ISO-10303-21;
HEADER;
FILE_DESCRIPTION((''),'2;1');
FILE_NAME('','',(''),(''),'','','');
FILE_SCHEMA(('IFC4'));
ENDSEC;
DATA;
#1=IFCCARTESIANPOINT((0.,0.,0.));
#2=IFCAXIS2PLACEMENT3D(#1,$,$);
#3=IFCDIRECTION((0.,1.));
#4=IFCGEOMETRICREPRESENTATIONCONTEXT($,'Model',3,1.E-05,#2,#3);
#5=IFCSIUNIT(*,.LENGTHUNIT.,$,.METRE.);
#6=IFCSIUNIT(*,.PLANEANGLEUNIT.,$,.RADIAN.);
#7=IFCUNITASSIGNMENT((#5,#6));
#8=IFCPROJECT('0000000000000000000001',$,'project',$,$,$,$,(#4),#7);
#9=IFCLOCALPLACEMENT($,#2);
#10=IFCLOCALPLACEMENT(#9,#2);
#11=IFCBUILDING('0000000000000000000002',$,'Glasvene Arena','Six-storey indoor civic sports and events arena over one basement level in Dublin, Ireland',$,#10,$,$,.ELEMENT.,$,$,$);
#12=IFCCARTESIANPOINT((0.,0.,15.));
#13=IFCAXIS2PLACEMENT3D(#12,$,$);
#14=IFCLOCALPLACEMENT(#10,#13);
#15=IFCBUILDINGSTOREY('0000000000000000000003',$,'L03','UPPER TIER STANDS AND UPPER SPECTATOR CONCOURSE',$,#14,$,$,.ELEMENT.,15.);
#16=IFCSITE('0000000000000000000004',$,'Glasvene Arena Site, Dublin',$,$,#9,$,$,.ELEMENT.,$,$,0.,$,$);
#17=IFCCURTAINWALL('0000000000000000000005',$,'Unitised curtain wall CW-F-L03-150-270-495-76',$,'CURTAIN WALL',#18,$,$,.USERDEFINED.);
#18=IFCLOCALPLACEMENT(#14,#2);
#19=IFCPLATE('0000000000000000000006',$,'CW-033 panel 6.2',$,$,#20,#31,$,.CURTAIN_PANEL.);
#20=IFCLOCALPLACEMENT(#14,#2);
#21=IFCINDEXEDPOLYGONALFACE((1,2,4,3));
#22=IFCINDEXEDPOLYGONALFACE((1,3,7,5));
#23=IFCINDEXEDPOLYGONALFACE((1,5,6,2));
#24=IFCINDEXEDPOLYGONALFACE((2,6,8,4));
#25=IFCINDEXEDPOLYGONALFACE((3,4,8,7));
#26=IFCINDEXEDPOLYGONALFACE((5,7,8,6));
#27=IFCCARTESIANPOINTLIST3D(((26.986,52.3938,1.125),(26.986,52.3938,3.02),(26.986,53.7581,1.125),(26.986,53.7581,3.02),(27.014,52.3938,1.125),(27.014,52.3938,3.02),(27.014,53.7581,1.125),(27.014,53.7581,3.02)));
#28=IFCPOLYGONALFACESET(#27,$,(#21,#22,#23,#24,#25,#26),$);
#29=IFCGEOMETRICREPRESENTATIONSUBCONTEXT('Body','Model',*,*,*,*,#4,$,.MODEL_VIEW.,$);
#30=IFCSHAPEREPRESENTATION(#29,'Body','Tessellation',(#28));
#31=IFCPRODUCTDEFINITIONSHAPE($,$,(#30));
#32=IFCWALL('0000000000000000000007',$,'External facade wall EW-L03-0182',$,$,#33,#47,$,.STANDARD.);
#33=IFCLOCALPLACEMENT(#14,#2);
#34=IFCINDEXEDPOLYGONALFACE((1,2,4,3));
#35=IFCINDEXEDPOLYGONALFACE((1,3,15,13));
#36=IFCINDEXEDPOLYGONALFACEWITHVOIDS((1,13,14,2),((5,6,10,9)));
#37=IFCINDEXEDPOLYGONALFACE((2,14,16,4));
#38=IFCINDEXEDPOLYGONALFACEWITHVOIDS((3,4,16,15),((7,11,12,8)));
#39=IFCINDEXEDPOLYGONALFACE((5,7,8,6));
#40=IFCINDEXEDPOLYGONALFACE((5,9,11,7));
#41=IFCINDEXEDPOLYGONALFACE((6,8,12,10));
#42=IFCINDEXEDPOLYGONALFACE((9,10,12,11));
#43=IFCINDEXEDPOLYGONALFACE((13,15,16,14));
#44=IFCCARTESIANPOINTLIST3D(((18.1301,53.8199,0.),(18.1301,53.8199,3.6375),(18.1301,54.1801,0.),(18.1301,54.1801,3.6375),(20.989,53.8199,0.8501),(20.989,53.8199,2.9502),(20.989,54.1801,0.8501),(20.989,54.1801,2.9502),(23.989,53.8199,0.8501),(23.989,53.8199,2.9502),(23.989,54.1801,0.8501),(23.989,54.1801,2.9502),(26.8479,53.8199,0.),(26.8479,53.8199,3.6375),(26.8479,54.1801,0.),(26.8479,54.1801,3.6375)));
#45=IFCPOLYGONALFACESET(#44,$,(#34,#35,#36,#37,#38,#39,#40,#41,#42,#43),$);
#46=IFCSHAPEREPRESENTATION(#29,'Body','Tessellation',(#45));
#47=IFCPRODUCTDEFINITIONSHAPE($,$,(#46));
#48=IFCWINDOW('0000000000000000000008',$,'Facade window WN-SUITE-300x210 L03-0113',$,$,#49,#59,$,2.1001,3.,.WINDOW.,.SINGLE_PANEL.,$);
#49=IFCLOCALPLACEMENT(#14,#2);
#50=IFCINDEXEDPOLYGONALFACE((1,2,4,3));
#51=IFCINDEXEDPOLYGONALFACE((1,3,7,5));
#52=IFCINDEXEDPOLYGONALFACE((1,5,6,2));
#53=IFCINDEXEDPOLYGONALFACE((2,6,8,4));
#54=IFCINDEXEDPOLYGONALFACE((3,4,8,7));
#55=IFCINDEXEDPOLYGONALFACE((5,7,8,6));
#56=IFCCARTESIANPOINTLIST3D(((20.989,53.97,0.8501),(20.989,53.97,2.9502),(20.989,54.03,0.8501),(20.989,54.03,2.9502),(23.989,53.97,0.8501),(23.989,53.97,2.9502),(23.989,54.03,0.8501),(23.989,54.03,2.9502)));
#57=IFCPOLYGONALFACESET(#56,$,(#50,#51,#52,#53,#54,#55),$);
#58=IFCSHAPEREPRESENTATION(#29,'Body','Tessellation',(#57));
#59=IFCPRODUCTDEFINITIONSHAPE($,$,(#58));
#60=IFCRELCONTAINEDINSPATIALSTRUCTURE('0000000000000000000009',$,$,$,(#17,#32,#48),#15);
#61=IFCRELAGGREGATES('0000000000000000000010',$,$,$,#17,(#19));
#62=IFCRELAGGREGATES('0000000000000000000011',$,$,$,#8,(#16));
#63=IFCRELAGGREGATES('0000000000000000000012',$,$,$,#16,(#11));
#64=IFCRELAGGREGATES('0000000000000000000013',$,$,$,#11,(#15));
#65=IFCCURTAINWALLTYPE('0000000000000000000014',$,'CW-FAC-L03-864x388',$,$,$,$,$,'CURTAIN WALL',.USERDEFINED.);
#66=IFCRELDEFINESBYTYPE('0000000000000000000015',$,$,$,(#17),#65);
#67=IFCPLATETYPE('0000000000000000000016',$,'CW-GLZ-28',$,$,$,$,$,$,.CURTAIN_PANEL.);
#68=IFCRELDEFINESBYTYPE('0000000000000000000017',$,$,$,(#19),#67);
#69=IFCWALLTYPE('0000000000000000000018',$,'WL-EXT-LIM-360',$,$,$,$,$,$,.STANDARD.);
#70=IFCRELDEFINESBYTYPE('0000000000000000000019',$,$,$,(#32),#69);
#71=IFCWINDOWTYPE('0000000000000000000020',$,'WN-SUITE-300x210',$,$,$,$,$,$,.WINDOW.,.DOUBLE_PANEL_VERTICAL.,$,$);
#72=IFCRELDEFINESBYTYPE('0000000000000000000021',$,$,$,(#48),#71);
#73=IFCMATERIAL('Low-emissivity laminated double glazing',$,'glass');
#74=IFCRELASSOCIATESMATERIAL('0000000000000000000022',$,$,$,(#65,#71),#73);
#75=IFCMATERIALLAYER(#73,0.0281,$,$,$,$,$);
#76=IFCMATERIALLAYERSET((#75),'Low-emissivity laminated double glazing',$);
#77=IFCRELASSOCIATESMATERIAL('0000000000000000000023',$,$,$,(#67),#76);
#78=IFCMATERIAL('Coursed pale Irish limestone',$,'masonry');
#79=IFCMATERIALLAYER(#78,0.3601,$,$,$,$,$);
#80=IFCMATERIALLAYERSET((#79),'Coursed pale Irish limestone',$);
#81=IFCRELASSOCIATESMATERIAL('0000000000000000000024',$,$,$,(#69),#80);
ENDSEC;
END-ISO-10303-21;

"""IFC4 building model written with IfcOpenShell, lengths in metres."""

from ifc_helpers import new_model, si_unit, direction, frame, frame_2d, origin, origin_2d, place, context, subcontext, project, spatial, rectangle, extrude, material, layer, layer_set, type_object, element, fill, aggregate, save


model = new_model("IFC4")

# Units and contexts
model_context = context("Model", 3, precision=1e-05, world=origin(), true_north=direction((0.0, 1.0)))
body_context = subcontext(model_context, "Body", "Model", "MODEL_VIEW")
ifc_project = project(units=[si_unit("LENGTHUNIT", "METRE"), si_unit("PLANEANGLEUNIT", "RADIAN")], contexts=[model_context])

# Site, building, storey
site_placement = place(None, origin())
site = spatial("IfcSite", under=ifc_project, at=site_placement, Name="Glasvene Arena Site, Dublin", CompositionType="ELEMENT", RefElevation=0.0)
building_placement = place(site_placement, origin())
building = spatial("IfcBuilding", under=site, at=building_placement, Name="Glasvene Arena", Description="Six-storey indoor civic sports and events arena over one basement level in Dublin, Ireland", CompositionType="ELEMENT")
storey_placement = place(building_placement, frame((0.0, 0.0, 15.0)))
storey = spatial("IfcBuildingStorey", under=building, at=storey_placement, Name="L03", Description="UPPER TIER STANDS AND UPPER SPECTATOR CONCOURSE", CompositionType="ELEMENT", Elevation=15.0)

# Curtain wall, plate
ifc_material_1 = material(Name="Low-emissivity laminated double glazing", Category="glass")
curtain_wall_type = type_object("IfcCurtainWallType", Name="CW-FAC-L03-864x388", ElementType="CURTAIN WALL", PredefinedType="USERDEFINED", material=ifc_material_1)
curtain_wall_placement = place(storey_placement, frame((27.0, 45.1721, 0.0)))
curtain_wall = element("IfcCurtainWall", 1, at=curtain_wall_placement, inside=storey, type_object=curtain_wall_type, Name="Unitised curtain wall CW-F-L03-150-270-495-76", ObjectType="CURTAIN WALL", PredefinedType="USERDEFINED")
ifc_layer_1 = layer(ifc_material_1, 0.0281)
ifc_layer_set_1 = layer_set([ifc_layer_1], Name="Low-emissivity laminated double glazing")
plate_type = type_object("IfcPlateType", Name="CW-GLZ-28", PredefinedType="CURTAIN_PANEL", material=ifc_layer_set_1)
plate_1_placement = place(storey_placement, frame((27.0, 53.0759, 1.125), z_axis=(0.0, 0.0, 1.0), x_axis=(0.0, 1.0, 0.0)))
plate_1 = element("IfcPlate", 2, at=plate_1_placement, type_object=plate_type, Name="CW-033 panel 6.2", PredefinedType="CURTAIN_PANEL", context=body_context, shape_type="SweptSolid", body=[
    extrude(rectangle(XDim=1.3643, YDim=0.0281, at=origin_2d()), origin(), (0.0, 0.0, 1.0), 1.895),
])
aggregate(curtain_wall, [plate_1])

# Wall, opening, window
ifc_material_2 = material(Name="Coursed pale Irish limestone", Category="masonry")
ifc_layer_2 = layer(ifc_material_2, 0.3601)
ifc_layer_set_2 = layer_set([ifc_layer_2], Name="Coursed pale Irish limestone")
wall_type = type_object("IfcWallType", Name="WL-EXT-LIM-360", PredefinedType="STANDARD", material=ifc_layer_set_2)
wall_placement = place(storey_placement, frame((26.8479, 54.0, 0.0), z_axis=(0.0, 0.0, 1.0), x_axis=(-1.0, 0.0, 0.0)))
wall = element("IfcWall", 3, at=wall_placement, inside=storey, type_object=wall_type, Name="External facade wall EW-L03-0182", PredefinedType="STANDARD", context=body_context, shape_type="SweptSolid", body=[
    extrude(rectangle(XDim=8.7178, YDim=0.3601, at=frame_2d((4.3589, 0.0))), origin(), (0.0, 0.0, 1.0), 3.6375),
])
opening_placement = place(wall_placement, frame((2.8589, 0.0, 0.8501)))
opening = element("IfcOpeningElement", 4, at=opening_placement, cuts=wall, PredefinedType="OPENING", context=body_context, shape_type="SweptSolid", body=[
    extrude(rectangle(XDim=3.0, YDim=2.1001, at=frame_2d((1.5, 1.05))), frame((0.0, 0.1899, 0.0), z_axis=(0.0, -1.0, 0.0), x_axis=(1.0, 0.0, 0.0)), (0.0, 0.0, 1.0), 0.3801),
])
window_type = type_object("IfcWindowType", Name="WN-SUITE-300x210", PartitioningType="DOUBLE_PANEL_VERTICAL", PredefinedType="WINDOW", material=ifc_material_1)
window_placement = place(opening_placement, origin())
window = element("IfcWindow", 5, at=window_placement, inside=storey, type_object=window_type, Name="Facade window WN-SUITE-300x210 L03-0113", OverallHeight=2.1001, OverallWidth=3.0, PartitioningType="SINGLE_PANEL", PredefinedType="WINDOW", context=body_context, shape_type="SweptSolid", body=[
    extrude(rectangle(XDim=3.0, YDim=2.1001, at=frame_2d((1.5, 1.05))), frame((0.0, 0.03, 0.0), z_axis=(0.0, -1.0, 0.0), x_axis=(1.0, 0.0, 0.0)), (0.0, 0.0, 1.0), 0.0601),
])
fill(opening, window)

save(model, "model.ifc")
